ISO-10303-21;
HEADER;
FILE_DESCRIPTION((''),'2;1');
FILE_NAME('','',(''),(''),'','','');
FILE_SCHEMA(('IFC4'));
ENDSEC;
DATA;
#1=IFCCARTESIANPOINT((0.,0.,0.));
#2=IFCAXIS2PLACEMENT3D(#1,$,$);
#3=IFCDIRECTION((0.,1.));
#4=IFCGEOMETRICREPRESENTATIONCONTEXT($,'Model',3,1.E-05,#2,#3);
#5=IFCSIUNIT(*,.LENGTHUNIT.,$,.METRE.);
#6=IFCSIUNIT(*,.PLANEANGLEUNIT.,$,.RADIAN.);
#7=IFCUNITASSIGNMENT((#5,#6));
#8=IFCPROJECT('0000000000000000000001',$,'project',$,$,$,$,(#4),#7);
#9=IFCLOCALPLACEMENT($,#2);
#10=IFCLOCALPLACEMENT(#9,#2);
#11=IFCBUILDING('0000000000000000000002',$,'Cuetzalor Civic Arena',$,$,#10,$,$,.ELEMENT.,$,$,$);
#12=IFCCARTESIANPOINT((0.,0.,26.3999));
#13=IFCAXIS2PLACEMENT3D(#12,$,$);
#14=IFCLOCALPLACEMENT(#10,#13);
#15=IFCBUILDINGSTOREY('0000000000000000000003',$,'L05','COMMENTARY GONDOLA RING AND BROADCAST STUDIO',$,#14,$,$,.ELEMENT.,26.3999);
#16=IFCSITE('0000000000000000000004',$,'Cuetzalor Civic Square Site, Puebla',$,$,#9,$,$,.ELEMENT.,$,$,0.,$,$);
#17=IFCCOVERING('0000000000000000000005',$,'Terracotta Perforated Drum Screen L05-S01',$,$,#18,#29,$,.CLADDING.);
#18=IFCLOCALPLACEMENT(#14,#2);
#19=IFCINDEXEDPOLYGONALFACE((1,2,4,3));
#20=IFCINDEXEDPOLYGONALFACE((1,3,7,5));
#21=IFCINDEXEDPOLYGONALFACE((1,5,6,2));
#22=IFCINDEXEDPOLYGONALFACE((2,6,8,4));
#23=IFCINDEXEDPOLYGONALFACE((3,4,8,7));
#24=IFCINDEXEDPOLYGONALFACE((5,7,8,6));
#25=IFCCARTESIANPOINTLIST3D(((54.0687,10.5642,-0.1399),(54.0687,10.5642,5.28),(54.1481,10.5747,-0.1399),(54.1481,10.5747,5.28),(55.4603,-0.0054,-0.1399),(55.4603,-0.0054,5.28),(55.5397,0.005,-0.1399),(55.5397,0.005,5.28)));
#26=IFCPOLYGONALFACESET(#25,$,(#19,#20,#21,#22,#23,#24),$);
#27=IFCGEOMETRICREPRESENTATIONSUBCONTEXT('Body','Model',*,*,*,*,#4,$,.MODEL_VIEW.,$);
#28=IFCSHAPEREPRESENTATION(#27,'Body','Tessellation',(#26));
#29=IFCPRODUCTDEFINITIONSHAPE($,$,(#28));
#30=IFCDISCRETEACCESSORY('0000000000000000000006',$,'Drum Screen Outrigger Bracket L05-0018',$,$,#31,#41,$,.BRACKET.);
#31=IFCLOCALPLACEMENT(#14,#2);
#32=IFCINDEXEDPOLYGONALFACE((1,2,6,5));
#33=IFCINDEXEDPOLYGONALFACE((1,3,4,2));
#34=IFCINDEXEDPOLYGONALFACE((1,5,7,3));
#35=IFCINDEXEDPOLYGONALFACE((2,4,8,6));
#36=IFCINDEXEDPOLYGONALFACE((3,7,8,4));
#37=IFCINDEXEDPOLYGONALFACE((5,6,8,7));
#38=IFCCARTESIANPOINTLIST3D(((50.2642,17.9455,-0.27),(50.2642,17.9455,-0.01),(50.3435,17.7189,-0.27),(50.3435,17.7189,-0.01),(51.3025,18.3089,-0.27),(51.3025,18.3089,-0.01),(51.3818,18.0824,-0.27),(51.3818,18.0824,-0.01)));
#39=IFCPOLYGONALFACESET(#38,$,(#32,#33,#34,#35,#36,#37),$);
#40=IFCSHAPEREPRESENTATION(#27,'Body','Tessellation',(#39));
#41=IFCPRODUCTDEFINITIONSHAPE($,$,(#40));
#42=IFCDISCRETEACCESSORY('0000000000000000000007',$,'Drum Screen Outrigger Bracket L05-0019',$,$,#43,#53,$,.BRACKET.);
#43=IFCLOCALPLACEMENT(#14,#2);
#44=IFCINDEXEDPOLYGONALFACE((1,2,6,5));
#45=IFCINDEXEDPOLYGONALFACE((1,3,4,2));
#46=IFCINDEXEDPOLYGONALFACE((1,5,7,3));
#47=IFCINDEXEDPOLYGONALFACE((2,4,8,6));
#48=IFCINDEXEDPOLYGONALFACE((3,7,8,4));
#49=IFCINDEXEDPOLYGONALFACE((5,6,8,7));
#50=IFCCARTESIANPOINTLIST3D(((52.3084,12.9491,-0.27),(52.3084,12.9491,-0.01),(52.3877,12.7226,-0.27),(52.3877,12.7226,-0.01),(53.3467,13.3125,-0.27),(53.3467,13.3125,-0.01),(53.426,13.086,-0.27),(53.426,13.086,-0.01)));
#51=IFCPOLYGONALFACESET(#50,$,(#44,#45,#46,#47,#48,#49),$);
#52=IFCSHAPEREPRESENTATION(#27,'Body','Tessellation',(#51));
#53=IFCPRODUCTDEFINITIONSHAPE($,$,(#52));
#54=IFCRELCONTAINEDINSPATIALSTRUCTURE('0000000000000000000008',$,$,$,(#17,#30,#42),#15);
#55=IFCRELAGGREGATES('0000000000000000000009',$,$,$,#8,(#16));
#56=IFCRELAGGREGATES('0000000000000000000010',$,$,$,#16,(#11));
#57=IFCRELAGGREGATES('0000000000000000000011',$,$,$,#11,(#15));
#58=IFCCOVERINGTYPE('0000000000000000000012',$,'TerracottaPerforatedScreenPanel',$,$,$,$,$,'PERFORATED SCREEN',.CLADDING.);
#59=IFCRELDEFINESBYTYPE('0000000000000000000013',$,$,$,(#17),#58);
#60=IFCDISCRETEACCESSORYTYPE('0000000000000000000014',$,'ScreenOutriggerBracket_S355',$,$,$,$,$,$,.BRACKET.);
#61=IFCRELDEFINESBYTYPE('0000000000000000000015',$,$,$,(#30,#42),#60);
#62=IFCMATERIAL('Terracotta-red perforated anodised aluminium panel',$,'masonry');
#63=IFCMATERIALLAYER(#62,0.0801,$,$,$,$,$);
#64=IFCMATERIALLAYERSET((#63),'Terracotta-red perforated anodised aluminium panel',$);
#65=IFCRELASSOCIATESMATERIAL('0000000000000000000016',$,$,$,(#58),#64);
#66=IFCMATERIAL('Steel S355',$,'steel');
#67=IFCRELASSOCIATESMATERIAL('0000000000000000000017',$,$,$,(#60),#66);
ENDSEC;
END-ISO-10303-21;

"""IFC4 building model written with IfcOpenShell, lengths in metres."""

from ifc_helpers import new_model, si_unit, direction, frame, frame_2d, origin, origin_2d, place, context, subcontext, project, spatial, rectangle, extrude, material, layer, layer_set, type_object, element, save


model = new_model("IFC4")

# Units and contexts
model_context = context("Model", 3, precision=1e-05, world=origin(), true_north=direction((0.0, 1.0)))
body_context = subcontext(model_context, "Body", "Model", "MODEL_VIEW")
ifc_project = project(units=[si_unit("LENGTHUNIT", "METRE"), si_unit("PLANEANGLEUNIT", "RADIAN")], contexts=[model_context])

# Site, building, storey
site_placement = place(None, origin())
site = spatial("IfcSite", under=ifc_project, at=site_placement, Name="Cuetzalor Civic Square Site, Puebla", CompositionType="ELEMENT", RefElevation=0.0)
building_placement = place(site_placement, origin())
building = spatial("IfcBuilding", under=site, at=building_placement, Name="Cuetzalor Civic Arena", CompositionType="ELEMENT")
storey_placement = place(building_placement, frame((0.0, 0.0, 26.3999)))
storey = spatial("IfcBuildingStorey", under=building, at=storey_placement, Name="L05", Description="COMMENTARY GONDOLA RING AND BROADCAST STUDIO", CompositionType="ELEMENT", Elevation=26.3999)

# Covering
ifc_material_1 = material(Name="Terracotta-red perforated anodised aluminium panel", Category="masonry")
ifc_layer_1 = layer(ifc_material_1, 0.0801)
ifc_layer_set_1 = layer_set([ifc_layer_1], Name="Terracotta-red perforated anodised aluminium panel")
covering_type = type_object("IfcCoveringType", Name="TerracottaPerforatedScreenPanel", ElementType="PERFORATED SCREEN", PredefinedType="CLADDING", material=ifc_layer_set_1)
covering_placement = place(storey_placement, frame((54.1084, 10.5696, -0.1399), z_axis=(0.0, 0.0, 1.0), x_axis=(0.130534, -0.991444, 0.0)))
element("IfcCovering", 1, at=covering_placement, inside=storey, type_object=covering_type, Name="Terracotta Perforated Drum Screen L05-S01", PredefinedType="CLADDING", context=body_context, shape_type="SweptSolid", body=[
    extrude(rectangle(XDim=10.6609, YDim=0.0801, at=frame_2d((5.3306, 0.0))), origin(), (0.0, 0.0, 1.0), 5.4199),
])

# Discrete accessories
ifc_material_2 = material(Name="Steel S355", Category="steel")
discrete_accessory_type = type_object("IfcDiscreteAccessoryType", Name="ScreenOutriggerBracket_S355", PredefinedType="BRACKET", material=ifc_material_2)
for number, where, z_axis, x_axis, name in (
    (2, (50.823, 18.0139, -0.27), (0.0, 0.0, 1.0), (0.943859, 0.33035, 0.0), "Drum Screen Outrigger Bracket L05-0018"),
    (3, (52.8672, 13.0176, -0.27), (0.0, 0.0, 1.0), (0.943859, 0.33035, 0.0), "Drum Screen Outrigger Bracket L05-0019"),
):
    element("IfcDiscreteAccessory", number, at=place(storey_placement, frame(where, z_axis=z_axis, x_axis=x_axis)), inside=storey, type_object=discrete_accessory_type, Name=name, PredefinedType="BRACKET", context=body_context, shape_type="SweptSolid", body=[
        extrude(rectangle(XDim=1.1001, YDim=0.24, at=origin_2d()), origin(), (0.0, 0.0, 1.0), 0.26),
    ])

save(model, "model.ifc")
